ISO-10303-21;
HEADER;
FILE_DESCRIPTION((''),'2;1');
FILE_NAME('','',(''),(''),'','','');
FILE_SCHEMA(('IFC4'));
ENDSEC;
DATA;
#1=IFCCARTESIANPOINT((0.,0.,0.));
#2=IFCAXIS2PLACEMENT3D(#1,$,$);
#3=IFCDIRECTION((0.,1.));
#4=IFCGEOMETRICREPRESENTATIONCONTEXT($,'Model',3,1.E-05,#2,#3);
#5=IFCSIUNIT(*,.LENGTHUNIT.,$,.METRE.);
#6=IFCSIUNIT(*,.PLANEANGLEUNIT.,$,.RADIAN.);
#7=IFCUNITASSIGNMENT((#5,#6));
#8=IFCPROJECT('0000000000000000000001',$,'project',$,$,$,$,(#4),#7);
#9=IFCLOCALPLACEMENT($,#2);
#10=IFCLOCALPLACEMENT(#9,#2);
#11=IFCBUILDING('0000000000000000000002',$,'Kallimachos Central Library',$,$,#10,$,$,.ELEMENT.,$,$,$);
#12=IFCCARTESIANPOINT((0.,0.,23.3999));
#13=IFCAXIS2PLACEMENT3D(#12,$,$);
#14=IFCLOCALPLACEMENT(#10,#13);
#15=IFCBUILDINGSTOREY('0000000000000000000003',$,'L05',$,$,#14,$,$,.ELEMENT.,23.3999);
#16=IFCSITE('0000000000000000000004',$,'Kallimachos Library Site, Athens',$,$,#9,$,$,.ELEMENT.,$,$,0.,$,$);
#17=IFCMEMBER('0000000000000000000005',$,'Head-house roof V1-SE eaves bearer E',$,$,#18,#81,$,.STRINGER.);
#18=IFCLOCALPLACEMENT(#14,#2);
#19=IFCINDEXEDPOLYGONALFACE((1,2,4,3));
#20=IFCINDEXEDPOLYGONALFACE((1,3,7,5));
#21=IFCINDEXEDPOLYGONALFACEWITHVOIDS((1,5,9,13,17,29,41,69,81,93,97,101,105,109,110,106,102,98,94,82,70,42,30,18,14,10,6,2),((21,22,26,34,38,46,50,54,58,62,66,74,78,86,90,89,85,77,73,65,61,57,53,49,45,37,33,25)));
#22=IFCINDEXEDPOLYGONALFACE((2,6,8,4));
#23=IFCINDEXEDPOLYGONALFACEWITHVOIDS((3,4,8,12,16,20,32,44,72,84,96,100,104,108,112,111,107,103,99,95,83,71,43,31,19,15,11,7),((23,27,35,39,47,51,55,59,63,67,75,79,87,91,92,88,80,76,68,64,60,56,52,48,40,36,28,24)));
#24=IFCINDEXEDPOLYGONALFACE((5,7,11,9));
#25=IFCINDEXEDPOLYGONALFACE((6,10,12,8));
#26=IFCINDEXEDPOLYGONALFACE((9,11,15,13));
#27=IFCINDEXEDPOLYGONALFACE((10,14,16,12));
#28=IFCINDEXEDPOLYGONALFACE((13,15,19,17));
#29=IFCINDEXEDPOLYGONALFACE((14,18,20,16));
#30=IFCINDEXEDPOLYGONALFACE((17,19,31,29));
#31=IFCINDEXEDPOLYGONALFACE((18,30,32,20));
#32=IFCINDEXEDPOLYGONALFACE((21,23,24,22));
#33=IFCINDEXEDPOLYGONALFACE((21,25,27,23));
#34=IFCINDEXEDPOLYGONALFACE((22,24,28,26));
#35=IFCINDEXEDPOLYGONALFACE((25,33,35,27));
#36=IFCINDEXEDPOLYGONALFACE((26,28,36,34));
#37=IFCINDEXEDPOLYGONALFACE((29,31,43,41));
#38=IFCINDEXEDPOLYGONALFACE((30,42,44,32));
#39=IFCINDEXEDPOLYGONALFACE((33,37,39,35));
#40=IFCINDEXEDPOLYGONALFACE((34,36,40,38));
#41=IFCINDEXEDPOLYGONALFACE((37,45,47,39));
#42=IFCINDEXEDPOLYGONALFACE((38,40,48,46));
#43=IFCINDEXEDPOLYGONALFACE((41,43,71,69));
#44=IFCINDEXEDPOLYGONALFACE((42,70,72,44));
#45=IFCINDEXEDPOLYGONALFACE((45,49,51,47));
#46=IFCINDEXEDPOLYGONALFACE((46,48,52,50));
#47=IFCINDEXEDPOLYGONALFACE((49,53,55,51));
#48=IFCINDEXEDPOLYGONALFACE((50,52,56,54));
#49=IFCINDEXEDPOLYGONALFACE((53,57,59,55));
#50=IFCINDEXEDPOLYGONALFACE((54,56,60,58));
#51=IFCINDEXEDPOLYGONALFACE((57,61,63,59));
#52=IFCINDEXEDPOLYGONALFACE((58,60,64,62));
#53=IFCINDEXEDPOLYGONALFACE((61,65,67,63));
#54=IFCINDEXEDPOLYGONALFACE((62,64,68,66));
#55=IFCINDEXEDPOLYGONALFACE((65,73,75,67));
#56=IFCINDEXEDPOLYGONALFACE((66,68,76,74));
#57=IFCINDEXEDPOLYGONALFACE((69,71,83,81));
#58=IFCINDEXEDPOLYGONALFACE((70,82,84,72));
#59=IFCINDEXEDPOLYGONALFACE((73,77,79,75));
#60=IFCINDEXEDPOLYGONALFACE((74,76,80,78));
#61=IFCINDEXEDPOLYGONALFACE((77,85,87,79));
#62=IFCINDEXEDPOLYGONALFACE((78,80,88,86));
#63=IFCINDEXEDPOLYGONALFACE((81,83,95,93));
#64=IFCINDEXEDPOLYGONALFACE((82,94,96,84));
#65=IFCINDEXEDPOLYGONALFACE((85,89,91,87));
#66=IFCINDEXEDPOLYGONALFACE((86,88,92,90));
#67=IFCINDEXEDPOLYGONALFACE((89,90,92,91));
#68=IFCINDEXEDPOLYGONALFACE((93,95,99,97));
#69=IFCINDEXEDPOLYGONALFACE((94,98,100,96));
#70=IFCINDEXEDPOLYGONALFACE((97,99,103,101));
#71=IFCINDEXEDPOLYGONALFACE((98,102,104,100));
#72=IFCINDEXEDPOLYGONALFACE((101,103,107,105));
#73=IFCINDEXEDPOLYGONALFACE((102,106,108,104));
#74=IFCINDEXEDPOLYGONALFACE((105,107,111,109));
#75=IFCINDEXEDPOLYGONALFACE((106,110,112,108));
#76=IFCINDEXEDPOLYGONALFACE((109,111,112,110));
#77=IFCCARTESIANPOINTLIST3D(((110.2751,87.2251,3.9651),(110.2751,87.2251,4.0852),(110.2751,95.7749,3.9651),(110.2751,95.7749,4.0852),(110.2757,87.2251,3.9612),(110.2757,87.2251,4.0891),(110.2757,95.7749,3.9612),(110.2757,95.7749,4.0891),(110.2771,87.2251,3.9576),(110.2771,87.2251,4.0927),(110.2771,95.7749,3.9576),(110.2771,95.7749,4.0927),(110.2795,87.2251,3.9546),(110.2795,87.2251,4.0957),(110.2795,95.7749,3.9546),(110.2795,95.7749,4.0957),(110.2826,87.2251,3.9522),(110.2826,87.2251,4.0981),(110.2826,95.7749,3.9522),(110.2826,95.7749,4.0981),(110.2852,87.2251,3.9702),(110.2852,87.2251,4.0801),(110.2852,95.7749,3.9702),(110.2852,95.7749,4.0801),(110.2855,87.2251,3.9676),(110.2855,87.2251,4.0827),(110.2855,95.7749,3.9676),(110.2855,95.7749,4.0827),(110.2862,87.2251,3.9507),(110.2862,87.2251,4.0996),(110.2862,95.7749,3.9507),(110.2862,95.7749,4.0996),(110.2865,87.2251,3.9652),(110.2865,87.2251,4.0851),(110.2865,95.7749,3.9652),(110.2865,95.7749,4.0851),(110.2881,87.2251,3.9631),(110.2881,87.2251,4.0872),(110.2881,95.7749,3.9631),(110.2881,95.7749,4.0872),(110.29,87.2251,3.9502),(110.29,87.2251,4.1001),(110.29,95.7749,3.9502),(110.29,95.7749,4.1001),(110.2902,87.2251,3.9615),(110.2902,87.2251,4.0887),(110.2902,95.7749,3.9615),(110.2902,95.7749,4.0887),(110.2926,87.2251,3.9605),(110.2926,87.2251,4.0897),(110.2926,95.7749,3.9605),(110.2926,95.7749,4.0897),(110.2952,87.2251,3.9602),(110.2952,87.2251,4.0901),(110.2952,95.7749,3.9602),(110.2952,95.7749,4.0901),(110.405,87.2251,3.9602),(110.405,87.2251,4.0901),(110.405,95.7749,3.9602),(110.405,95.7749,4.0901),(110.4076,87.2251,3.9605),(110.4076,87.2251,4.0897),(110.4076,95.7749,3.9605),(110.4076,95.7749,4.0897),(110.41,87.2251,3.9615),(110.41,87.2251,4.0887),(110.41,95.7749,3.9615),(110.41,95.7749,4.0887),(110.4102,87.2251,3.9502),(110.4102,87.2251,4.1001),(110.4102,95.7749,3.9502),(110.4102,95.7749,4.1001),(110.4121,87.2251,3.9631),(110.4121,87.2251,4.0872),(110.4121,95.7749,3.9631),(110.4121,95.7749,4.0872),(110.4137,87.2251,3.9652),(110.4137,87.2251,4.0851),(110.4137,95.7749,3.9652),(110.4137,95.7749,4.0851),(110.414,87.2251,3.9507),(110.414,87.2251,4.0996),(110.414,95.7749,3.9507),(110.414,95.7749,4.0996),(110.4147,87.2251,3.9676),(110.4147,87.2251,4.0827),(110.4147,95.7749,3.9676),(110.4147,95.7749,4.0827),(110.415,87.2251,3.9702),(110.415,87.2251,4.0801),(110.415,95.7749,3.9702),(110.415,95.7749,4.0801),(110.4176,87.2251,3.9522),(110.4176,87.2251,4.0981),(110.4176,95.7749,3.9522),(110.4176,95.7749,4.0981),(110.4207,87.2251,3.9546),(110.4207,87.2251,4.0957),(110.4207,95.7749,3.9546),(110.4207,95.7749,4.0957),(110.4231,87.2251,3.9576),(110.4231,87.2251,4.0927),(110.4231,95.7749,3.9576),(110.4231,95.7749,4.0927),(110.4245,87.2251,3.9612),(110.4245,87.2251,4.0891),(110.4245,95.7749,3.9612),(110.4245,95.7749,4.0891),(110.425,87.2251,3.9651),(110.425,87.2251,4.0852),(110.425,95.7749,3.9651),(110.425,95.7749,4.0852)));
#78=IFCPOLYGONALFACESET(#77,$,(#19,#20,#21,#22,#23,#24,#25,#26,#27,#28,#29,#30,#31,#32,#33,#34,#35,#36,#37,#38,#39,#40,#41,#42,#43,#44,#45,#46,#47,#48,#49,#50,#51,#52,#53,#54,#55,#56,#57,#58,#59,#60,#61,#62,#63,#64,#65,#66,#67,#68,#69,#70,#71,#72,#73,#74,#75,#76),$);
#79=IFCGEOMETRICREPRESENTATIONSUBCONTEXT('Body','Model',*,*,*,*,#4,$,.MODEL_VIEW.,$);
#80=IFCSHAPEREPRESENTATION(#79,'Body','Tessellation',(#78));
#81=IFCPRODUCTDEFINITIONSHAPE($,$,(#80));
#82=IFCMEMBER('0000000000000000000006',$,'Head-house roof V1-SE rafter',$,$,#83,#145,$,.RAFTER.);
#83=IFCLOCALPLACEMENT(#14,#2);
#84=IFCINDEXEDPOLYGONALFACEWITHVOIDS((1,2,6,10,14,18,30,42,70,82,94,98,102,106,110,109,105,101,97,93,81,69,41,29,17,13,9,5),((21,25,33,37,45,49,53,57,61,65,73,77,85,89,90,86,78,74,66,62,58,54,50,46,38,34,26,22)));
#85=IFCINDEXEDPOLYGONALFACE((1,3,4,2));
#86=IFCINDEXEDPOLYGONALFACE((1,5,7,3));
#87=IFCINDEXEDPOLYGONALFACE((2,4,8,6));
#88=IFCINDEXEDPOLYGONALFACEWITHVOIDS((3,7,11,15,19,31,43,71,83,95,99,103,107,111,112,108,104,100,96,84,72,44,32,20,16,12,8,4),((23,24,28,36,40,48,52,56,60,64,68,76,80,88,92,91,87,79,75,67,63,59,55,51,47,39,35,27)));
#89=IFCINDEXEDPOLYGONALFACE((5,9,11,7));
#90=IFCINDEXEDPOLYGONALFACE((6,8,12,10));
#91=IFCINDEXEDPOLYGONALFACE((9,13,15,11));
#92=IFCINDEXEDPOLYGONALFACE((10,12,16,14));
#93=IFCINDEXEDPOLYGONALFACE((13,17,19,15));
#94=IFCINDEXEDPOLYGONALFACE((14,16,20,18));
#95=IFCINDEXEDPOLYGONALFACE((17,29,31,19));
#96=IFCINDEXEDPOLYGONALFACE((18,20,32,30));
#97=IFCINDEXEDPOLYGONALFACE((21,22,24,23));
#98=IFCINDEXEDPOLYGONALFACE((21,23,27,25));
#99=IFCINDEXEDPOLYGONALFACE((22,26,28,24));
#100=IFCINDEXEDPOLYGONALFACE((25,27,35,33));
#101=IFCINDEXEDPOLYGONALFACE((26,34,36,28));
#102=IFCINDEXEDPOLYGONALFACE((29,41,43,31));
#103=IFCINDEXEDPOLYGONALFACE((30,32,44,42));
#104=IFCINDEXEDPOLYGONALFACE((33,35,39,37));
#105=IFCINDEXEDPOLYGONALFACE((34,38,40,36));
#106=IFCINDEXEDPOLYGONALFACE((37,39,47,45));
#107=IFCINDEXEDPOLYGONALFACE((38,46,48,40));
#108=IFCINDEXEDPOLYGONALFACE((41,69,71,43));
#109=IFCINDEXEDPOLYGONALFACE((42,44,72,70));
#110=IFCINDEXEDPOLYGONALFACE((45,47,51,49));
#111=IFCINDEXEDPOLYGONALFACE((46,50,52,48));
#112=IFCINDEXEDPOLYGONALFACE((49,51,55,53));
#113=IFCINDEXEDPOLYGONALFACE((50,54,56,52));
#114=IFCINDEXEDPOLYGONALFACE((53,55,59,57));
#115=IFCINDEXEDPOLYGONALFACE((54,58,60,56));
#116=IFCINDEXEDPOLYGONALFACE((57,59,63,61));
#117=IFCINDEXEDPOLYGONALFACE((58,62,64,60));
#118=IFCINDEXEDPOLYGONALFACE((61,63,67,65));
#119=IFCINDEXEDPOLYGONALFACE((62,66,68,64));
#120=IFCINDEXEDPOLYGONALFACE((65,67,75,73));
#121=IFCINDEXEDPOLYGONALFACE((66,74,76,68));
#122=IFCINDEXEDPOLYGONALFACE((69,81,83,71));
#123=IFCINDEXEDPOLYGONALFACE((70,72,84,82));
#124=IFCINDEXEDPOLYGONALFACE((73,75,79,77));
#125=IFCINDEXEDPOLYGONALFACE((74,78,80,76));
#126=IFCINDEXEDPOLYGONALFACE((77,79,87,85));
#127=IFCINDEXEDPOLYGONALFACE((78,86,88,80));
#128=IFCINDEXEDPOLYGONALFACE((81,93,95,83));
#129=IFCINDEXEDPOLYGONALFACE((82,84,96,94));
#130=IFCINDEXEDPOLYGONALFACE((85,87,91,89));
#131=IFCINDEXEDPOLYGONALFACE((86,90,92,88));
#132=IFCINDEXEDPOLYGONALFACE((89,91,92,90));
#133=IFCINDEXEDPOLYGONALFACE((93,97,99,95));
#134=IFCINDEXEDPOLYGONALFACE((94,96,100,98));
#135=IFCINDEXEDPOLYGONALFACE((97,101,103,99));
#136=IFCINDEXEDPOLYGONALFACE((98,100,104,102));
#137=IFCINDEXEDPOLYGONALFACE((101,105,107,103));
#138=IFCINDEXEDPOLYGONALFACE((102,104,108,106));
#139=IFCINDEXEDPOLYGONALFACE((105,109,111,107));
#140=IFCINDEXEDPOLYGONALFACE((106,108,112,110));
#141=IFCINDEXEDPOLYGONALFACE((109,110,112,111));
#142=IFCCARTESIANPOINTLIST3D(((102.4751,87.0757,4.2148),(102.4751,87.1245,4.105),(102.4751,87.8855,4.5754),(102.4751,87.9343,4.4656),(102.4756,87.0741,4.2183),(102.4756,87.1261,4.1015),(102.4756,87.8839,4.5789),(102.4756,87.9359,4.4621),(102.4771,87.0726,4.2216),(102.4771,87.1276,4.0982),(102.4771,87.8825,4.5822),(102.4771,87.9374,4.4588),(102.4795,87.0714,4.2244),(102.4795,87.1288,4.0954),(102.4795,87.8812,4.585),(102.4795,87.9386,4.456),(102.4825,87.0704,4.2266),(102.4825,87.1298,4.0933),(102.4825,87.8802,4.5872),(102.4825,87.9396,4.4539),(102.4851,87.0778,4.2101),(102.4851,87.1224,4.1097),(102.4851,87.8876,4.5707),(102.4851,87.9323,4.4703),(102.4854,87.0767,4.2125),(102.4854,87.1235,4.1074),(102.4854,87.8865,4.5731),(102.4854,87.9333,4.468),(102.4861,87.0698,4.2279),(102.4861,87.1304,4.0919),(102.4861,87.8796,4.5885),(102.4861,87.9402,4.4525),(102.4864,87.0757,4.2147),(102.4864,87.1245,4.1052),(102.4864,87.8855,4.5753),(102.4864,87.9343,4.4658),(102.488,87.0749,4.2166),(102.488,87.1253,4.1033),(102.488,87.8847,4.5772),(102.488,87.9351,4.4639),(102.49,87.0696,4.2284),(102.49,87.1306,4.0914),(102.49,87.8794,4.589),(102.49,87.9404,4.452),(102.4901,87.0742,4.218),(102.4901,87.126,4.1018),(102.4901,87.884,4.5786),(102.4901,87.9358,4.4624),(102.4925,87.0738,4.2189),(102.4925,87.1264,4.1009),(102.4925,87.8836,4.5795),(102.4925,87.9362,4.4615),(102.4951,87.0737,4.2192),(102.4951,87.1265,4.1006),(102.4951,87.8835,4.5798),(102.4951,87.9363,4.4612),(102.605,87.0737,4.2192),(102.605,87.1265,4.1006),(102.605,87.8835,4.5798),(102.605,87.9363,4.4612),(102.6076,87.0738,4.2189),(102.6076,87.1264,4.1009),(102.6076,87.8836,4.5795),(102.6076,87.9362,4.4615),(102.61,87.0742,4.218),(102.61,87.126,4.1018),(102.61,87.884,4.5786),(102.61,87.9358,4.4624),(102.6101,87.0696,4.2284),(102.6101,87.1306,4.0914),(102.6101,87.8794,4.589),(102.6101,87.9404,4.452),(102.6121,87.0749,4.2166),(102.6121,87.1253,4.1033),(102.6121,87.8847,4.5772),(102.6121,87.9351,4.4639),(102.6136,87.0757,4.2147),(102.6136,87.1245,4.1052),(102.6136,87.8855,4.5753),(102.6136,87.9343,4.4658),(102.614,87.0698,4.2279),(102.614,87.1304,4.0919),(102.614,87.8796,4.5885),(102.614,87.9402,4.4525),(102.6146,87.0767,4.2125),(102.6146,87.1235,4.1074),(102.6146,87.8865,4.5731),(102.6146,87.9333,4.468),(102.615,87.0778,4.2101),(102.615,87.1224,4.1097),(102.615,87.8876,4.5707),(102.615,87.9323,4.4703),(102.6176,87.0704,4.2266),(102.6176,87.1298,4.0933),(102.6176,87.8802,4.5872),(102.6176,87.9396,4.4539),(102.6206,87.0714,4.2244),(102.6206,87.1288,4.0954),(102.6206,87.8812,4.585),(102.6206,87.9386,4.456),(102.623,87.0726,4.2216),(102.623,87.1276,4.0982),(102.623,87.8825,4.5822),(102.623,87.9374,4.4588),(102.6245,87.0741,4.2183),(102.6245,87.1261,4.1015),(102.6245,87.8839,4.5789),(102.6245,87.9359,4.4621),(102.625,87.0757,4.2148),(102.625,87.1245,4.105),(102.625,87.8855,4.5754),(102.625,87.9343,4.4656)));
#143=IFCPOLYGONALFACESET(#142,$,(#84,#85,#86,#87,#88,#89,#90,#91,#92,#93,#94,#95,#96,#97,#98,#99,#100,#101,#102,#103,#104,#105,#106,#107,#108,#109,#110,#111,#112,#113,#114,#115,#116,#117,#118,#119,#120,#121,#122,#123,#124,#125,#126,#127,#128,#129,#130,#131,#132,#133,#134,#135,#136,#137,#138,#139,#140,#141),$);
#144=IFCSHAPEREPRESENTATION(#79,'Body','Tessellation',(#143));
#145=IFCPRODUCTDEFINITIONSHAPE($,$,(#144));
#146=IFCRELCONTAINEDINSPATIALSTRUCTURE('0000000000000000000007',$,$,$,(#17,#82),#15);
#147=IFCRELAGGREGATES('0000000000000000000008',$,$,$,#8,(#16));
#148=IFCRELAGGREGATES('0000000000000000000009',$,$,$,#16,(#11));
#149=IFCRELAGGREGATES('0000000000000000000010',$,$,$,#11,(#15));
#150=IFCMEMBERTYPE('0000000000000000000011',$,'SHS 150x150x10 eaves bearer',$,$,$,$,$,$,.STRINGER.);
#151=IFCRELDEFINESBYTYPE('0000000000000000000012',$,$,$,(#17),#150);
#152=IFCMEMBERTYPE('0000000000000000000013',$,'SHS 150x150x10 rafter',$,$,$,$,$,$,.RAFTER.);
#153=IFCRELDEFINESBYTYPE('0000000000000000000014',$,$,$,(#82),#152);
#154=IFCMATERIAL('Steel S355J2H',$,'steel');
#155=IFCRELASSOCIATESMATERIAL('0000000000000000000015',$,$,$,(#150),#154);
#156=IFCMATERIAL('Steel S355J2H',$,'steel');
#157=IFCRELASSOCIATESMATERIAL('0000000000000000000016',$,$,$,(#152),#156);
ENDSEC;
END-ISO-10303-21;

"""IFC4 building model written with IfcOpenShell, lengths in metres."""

from ifc_helpers import new_model, si_unit, direction, frame, origin, origin_2d, place, context, subcontext, project, spatial, hollow_rectangle, extrude, material, material_profile, profile_set, type_object, element, save


model = new_model("IFC4")

# Units and contexts
model_context = context("Model", 3, precision=1e-05, world=origin(), true_north=direction((0.0, 1.0)))
body_context = subcontext(model_context, "Body", "Model", "MODEL_VIEW")
ifc_project = project(units=[si_unit("LENGTHUNIT", "METRE"), si_unit("PLANEANGLEUNIT", "RADIAN")], contexts=[model_context])

# Site, building, storey
site_placement = place(None, origin())
site = spatial("IfcSite", under=ifc_project, at=site_placement, Name="Kallimachos Library Site, Athens", CompositionType="ELEMENT", RefElevation=0.0)
building_placement = place(site_placement, origin())
building = spatial("IfcBuilding", under=site, at=building_placement, Name="Kallimachos Central Library", CompositionType="ELEMENT")
storey_placement = place(building_placement, frame((0.0, 0.0, 23.3999)))
storey = spatial("IfcBuildingStorey", under=building, at=storey_placement, Name="L05", CompositionType="ELEMENT", Elevation=23.3999)

# Members
ifc_material_1 = material(Name="Steel S355J2H", Category="steel")
ifc_material_profile_1 = material_profile(ifc_material_1, hollow_rectangle(XDim=0.1499, YDim=0.1499, WallThickness=0.01, InnerFilletRadius=0.01, OuterFilletRadius=0.0149, at=origin_2d()), Name="SHS 150x150x10")
ifc_profile_set_1 = profile_set([ifc_material_profile_1], Name="Steel S355J2H")
member_type_1 = type_object("IfcMemberType", Name="SHS 150x150x10 eaves bearer", PredefinedType="STRINGER", material=ifc_profile_set_1)
member_1_placement = place(storey_placement, frame((110.3501, 87.2251, 4.0251), z_axis=(0.0, 1.0, 0.0), x_axis=(-1.0, 0.0, 0.0)))
element("IfcMember", 1, at=member_1_placement, inside=storey, type_object=member_type_1, Name="Head-house roof V1-SE eaves bearer E", PredefinedType="STRINGER", context=body_context, shape_type="SweptSolid", body=[
    extrude(hollow_rectangle(XDim=0.1499, YDim=0.1499, WallThickness=0.01, InnerFilletRadius=0.01, OuterFilletRadius=0.0149, at=origin_2d()), origin(), (0.0, 0.0, 1.0), 8.5498),
])
ifc_material_2 = material(Name="Steel S355J2H", Category="steel")
ifc_material_profile_2 = material_profile(ifc_material_2, hollow_rectangle(XDim=0.1499, YDim=0.1499, WallThickness=0.01, InnerFilletRadius=0.01, OuterFilletRadius=0.0149, at=origin_2d()), Name="SHS 150x150x10")
ifc_profile_set_2 = profile_set([ifc_material_profile_2], Name="Steel S355J2H")
member_type_2 = type_object("IfcMemberType", Name="SHS 150x150x10 rafter", PredefinedType="RAFTER", material=ifc_profile_set_2)
member_2_placement = place(storey_placement, frame((102.55, 87.1001, 4.1599), z_axis=(0.0, 0.913527, 0.406777), x_axis=(-1.0, 0.0, 0.0)))
element("IfcMember", 2, at=member_2_placement, inside=storey, type_object=member_type_2, Name="Head-house roof V1-SE rafter", PredefinedType="RAFTER", context=body_context, shape_type="SweptSolid", body=[
    extrude(hollow_rectangle(XDim=0.1499, YDim=0.1499, WallThickness=0.01, InnerFilletRadius=0.01, OuterFilletRadius=0.0149, at=origin_2d()), origin(), (0.0, 0.0, 1.0), 0.8865),
])

save(model, "model.ifc")
